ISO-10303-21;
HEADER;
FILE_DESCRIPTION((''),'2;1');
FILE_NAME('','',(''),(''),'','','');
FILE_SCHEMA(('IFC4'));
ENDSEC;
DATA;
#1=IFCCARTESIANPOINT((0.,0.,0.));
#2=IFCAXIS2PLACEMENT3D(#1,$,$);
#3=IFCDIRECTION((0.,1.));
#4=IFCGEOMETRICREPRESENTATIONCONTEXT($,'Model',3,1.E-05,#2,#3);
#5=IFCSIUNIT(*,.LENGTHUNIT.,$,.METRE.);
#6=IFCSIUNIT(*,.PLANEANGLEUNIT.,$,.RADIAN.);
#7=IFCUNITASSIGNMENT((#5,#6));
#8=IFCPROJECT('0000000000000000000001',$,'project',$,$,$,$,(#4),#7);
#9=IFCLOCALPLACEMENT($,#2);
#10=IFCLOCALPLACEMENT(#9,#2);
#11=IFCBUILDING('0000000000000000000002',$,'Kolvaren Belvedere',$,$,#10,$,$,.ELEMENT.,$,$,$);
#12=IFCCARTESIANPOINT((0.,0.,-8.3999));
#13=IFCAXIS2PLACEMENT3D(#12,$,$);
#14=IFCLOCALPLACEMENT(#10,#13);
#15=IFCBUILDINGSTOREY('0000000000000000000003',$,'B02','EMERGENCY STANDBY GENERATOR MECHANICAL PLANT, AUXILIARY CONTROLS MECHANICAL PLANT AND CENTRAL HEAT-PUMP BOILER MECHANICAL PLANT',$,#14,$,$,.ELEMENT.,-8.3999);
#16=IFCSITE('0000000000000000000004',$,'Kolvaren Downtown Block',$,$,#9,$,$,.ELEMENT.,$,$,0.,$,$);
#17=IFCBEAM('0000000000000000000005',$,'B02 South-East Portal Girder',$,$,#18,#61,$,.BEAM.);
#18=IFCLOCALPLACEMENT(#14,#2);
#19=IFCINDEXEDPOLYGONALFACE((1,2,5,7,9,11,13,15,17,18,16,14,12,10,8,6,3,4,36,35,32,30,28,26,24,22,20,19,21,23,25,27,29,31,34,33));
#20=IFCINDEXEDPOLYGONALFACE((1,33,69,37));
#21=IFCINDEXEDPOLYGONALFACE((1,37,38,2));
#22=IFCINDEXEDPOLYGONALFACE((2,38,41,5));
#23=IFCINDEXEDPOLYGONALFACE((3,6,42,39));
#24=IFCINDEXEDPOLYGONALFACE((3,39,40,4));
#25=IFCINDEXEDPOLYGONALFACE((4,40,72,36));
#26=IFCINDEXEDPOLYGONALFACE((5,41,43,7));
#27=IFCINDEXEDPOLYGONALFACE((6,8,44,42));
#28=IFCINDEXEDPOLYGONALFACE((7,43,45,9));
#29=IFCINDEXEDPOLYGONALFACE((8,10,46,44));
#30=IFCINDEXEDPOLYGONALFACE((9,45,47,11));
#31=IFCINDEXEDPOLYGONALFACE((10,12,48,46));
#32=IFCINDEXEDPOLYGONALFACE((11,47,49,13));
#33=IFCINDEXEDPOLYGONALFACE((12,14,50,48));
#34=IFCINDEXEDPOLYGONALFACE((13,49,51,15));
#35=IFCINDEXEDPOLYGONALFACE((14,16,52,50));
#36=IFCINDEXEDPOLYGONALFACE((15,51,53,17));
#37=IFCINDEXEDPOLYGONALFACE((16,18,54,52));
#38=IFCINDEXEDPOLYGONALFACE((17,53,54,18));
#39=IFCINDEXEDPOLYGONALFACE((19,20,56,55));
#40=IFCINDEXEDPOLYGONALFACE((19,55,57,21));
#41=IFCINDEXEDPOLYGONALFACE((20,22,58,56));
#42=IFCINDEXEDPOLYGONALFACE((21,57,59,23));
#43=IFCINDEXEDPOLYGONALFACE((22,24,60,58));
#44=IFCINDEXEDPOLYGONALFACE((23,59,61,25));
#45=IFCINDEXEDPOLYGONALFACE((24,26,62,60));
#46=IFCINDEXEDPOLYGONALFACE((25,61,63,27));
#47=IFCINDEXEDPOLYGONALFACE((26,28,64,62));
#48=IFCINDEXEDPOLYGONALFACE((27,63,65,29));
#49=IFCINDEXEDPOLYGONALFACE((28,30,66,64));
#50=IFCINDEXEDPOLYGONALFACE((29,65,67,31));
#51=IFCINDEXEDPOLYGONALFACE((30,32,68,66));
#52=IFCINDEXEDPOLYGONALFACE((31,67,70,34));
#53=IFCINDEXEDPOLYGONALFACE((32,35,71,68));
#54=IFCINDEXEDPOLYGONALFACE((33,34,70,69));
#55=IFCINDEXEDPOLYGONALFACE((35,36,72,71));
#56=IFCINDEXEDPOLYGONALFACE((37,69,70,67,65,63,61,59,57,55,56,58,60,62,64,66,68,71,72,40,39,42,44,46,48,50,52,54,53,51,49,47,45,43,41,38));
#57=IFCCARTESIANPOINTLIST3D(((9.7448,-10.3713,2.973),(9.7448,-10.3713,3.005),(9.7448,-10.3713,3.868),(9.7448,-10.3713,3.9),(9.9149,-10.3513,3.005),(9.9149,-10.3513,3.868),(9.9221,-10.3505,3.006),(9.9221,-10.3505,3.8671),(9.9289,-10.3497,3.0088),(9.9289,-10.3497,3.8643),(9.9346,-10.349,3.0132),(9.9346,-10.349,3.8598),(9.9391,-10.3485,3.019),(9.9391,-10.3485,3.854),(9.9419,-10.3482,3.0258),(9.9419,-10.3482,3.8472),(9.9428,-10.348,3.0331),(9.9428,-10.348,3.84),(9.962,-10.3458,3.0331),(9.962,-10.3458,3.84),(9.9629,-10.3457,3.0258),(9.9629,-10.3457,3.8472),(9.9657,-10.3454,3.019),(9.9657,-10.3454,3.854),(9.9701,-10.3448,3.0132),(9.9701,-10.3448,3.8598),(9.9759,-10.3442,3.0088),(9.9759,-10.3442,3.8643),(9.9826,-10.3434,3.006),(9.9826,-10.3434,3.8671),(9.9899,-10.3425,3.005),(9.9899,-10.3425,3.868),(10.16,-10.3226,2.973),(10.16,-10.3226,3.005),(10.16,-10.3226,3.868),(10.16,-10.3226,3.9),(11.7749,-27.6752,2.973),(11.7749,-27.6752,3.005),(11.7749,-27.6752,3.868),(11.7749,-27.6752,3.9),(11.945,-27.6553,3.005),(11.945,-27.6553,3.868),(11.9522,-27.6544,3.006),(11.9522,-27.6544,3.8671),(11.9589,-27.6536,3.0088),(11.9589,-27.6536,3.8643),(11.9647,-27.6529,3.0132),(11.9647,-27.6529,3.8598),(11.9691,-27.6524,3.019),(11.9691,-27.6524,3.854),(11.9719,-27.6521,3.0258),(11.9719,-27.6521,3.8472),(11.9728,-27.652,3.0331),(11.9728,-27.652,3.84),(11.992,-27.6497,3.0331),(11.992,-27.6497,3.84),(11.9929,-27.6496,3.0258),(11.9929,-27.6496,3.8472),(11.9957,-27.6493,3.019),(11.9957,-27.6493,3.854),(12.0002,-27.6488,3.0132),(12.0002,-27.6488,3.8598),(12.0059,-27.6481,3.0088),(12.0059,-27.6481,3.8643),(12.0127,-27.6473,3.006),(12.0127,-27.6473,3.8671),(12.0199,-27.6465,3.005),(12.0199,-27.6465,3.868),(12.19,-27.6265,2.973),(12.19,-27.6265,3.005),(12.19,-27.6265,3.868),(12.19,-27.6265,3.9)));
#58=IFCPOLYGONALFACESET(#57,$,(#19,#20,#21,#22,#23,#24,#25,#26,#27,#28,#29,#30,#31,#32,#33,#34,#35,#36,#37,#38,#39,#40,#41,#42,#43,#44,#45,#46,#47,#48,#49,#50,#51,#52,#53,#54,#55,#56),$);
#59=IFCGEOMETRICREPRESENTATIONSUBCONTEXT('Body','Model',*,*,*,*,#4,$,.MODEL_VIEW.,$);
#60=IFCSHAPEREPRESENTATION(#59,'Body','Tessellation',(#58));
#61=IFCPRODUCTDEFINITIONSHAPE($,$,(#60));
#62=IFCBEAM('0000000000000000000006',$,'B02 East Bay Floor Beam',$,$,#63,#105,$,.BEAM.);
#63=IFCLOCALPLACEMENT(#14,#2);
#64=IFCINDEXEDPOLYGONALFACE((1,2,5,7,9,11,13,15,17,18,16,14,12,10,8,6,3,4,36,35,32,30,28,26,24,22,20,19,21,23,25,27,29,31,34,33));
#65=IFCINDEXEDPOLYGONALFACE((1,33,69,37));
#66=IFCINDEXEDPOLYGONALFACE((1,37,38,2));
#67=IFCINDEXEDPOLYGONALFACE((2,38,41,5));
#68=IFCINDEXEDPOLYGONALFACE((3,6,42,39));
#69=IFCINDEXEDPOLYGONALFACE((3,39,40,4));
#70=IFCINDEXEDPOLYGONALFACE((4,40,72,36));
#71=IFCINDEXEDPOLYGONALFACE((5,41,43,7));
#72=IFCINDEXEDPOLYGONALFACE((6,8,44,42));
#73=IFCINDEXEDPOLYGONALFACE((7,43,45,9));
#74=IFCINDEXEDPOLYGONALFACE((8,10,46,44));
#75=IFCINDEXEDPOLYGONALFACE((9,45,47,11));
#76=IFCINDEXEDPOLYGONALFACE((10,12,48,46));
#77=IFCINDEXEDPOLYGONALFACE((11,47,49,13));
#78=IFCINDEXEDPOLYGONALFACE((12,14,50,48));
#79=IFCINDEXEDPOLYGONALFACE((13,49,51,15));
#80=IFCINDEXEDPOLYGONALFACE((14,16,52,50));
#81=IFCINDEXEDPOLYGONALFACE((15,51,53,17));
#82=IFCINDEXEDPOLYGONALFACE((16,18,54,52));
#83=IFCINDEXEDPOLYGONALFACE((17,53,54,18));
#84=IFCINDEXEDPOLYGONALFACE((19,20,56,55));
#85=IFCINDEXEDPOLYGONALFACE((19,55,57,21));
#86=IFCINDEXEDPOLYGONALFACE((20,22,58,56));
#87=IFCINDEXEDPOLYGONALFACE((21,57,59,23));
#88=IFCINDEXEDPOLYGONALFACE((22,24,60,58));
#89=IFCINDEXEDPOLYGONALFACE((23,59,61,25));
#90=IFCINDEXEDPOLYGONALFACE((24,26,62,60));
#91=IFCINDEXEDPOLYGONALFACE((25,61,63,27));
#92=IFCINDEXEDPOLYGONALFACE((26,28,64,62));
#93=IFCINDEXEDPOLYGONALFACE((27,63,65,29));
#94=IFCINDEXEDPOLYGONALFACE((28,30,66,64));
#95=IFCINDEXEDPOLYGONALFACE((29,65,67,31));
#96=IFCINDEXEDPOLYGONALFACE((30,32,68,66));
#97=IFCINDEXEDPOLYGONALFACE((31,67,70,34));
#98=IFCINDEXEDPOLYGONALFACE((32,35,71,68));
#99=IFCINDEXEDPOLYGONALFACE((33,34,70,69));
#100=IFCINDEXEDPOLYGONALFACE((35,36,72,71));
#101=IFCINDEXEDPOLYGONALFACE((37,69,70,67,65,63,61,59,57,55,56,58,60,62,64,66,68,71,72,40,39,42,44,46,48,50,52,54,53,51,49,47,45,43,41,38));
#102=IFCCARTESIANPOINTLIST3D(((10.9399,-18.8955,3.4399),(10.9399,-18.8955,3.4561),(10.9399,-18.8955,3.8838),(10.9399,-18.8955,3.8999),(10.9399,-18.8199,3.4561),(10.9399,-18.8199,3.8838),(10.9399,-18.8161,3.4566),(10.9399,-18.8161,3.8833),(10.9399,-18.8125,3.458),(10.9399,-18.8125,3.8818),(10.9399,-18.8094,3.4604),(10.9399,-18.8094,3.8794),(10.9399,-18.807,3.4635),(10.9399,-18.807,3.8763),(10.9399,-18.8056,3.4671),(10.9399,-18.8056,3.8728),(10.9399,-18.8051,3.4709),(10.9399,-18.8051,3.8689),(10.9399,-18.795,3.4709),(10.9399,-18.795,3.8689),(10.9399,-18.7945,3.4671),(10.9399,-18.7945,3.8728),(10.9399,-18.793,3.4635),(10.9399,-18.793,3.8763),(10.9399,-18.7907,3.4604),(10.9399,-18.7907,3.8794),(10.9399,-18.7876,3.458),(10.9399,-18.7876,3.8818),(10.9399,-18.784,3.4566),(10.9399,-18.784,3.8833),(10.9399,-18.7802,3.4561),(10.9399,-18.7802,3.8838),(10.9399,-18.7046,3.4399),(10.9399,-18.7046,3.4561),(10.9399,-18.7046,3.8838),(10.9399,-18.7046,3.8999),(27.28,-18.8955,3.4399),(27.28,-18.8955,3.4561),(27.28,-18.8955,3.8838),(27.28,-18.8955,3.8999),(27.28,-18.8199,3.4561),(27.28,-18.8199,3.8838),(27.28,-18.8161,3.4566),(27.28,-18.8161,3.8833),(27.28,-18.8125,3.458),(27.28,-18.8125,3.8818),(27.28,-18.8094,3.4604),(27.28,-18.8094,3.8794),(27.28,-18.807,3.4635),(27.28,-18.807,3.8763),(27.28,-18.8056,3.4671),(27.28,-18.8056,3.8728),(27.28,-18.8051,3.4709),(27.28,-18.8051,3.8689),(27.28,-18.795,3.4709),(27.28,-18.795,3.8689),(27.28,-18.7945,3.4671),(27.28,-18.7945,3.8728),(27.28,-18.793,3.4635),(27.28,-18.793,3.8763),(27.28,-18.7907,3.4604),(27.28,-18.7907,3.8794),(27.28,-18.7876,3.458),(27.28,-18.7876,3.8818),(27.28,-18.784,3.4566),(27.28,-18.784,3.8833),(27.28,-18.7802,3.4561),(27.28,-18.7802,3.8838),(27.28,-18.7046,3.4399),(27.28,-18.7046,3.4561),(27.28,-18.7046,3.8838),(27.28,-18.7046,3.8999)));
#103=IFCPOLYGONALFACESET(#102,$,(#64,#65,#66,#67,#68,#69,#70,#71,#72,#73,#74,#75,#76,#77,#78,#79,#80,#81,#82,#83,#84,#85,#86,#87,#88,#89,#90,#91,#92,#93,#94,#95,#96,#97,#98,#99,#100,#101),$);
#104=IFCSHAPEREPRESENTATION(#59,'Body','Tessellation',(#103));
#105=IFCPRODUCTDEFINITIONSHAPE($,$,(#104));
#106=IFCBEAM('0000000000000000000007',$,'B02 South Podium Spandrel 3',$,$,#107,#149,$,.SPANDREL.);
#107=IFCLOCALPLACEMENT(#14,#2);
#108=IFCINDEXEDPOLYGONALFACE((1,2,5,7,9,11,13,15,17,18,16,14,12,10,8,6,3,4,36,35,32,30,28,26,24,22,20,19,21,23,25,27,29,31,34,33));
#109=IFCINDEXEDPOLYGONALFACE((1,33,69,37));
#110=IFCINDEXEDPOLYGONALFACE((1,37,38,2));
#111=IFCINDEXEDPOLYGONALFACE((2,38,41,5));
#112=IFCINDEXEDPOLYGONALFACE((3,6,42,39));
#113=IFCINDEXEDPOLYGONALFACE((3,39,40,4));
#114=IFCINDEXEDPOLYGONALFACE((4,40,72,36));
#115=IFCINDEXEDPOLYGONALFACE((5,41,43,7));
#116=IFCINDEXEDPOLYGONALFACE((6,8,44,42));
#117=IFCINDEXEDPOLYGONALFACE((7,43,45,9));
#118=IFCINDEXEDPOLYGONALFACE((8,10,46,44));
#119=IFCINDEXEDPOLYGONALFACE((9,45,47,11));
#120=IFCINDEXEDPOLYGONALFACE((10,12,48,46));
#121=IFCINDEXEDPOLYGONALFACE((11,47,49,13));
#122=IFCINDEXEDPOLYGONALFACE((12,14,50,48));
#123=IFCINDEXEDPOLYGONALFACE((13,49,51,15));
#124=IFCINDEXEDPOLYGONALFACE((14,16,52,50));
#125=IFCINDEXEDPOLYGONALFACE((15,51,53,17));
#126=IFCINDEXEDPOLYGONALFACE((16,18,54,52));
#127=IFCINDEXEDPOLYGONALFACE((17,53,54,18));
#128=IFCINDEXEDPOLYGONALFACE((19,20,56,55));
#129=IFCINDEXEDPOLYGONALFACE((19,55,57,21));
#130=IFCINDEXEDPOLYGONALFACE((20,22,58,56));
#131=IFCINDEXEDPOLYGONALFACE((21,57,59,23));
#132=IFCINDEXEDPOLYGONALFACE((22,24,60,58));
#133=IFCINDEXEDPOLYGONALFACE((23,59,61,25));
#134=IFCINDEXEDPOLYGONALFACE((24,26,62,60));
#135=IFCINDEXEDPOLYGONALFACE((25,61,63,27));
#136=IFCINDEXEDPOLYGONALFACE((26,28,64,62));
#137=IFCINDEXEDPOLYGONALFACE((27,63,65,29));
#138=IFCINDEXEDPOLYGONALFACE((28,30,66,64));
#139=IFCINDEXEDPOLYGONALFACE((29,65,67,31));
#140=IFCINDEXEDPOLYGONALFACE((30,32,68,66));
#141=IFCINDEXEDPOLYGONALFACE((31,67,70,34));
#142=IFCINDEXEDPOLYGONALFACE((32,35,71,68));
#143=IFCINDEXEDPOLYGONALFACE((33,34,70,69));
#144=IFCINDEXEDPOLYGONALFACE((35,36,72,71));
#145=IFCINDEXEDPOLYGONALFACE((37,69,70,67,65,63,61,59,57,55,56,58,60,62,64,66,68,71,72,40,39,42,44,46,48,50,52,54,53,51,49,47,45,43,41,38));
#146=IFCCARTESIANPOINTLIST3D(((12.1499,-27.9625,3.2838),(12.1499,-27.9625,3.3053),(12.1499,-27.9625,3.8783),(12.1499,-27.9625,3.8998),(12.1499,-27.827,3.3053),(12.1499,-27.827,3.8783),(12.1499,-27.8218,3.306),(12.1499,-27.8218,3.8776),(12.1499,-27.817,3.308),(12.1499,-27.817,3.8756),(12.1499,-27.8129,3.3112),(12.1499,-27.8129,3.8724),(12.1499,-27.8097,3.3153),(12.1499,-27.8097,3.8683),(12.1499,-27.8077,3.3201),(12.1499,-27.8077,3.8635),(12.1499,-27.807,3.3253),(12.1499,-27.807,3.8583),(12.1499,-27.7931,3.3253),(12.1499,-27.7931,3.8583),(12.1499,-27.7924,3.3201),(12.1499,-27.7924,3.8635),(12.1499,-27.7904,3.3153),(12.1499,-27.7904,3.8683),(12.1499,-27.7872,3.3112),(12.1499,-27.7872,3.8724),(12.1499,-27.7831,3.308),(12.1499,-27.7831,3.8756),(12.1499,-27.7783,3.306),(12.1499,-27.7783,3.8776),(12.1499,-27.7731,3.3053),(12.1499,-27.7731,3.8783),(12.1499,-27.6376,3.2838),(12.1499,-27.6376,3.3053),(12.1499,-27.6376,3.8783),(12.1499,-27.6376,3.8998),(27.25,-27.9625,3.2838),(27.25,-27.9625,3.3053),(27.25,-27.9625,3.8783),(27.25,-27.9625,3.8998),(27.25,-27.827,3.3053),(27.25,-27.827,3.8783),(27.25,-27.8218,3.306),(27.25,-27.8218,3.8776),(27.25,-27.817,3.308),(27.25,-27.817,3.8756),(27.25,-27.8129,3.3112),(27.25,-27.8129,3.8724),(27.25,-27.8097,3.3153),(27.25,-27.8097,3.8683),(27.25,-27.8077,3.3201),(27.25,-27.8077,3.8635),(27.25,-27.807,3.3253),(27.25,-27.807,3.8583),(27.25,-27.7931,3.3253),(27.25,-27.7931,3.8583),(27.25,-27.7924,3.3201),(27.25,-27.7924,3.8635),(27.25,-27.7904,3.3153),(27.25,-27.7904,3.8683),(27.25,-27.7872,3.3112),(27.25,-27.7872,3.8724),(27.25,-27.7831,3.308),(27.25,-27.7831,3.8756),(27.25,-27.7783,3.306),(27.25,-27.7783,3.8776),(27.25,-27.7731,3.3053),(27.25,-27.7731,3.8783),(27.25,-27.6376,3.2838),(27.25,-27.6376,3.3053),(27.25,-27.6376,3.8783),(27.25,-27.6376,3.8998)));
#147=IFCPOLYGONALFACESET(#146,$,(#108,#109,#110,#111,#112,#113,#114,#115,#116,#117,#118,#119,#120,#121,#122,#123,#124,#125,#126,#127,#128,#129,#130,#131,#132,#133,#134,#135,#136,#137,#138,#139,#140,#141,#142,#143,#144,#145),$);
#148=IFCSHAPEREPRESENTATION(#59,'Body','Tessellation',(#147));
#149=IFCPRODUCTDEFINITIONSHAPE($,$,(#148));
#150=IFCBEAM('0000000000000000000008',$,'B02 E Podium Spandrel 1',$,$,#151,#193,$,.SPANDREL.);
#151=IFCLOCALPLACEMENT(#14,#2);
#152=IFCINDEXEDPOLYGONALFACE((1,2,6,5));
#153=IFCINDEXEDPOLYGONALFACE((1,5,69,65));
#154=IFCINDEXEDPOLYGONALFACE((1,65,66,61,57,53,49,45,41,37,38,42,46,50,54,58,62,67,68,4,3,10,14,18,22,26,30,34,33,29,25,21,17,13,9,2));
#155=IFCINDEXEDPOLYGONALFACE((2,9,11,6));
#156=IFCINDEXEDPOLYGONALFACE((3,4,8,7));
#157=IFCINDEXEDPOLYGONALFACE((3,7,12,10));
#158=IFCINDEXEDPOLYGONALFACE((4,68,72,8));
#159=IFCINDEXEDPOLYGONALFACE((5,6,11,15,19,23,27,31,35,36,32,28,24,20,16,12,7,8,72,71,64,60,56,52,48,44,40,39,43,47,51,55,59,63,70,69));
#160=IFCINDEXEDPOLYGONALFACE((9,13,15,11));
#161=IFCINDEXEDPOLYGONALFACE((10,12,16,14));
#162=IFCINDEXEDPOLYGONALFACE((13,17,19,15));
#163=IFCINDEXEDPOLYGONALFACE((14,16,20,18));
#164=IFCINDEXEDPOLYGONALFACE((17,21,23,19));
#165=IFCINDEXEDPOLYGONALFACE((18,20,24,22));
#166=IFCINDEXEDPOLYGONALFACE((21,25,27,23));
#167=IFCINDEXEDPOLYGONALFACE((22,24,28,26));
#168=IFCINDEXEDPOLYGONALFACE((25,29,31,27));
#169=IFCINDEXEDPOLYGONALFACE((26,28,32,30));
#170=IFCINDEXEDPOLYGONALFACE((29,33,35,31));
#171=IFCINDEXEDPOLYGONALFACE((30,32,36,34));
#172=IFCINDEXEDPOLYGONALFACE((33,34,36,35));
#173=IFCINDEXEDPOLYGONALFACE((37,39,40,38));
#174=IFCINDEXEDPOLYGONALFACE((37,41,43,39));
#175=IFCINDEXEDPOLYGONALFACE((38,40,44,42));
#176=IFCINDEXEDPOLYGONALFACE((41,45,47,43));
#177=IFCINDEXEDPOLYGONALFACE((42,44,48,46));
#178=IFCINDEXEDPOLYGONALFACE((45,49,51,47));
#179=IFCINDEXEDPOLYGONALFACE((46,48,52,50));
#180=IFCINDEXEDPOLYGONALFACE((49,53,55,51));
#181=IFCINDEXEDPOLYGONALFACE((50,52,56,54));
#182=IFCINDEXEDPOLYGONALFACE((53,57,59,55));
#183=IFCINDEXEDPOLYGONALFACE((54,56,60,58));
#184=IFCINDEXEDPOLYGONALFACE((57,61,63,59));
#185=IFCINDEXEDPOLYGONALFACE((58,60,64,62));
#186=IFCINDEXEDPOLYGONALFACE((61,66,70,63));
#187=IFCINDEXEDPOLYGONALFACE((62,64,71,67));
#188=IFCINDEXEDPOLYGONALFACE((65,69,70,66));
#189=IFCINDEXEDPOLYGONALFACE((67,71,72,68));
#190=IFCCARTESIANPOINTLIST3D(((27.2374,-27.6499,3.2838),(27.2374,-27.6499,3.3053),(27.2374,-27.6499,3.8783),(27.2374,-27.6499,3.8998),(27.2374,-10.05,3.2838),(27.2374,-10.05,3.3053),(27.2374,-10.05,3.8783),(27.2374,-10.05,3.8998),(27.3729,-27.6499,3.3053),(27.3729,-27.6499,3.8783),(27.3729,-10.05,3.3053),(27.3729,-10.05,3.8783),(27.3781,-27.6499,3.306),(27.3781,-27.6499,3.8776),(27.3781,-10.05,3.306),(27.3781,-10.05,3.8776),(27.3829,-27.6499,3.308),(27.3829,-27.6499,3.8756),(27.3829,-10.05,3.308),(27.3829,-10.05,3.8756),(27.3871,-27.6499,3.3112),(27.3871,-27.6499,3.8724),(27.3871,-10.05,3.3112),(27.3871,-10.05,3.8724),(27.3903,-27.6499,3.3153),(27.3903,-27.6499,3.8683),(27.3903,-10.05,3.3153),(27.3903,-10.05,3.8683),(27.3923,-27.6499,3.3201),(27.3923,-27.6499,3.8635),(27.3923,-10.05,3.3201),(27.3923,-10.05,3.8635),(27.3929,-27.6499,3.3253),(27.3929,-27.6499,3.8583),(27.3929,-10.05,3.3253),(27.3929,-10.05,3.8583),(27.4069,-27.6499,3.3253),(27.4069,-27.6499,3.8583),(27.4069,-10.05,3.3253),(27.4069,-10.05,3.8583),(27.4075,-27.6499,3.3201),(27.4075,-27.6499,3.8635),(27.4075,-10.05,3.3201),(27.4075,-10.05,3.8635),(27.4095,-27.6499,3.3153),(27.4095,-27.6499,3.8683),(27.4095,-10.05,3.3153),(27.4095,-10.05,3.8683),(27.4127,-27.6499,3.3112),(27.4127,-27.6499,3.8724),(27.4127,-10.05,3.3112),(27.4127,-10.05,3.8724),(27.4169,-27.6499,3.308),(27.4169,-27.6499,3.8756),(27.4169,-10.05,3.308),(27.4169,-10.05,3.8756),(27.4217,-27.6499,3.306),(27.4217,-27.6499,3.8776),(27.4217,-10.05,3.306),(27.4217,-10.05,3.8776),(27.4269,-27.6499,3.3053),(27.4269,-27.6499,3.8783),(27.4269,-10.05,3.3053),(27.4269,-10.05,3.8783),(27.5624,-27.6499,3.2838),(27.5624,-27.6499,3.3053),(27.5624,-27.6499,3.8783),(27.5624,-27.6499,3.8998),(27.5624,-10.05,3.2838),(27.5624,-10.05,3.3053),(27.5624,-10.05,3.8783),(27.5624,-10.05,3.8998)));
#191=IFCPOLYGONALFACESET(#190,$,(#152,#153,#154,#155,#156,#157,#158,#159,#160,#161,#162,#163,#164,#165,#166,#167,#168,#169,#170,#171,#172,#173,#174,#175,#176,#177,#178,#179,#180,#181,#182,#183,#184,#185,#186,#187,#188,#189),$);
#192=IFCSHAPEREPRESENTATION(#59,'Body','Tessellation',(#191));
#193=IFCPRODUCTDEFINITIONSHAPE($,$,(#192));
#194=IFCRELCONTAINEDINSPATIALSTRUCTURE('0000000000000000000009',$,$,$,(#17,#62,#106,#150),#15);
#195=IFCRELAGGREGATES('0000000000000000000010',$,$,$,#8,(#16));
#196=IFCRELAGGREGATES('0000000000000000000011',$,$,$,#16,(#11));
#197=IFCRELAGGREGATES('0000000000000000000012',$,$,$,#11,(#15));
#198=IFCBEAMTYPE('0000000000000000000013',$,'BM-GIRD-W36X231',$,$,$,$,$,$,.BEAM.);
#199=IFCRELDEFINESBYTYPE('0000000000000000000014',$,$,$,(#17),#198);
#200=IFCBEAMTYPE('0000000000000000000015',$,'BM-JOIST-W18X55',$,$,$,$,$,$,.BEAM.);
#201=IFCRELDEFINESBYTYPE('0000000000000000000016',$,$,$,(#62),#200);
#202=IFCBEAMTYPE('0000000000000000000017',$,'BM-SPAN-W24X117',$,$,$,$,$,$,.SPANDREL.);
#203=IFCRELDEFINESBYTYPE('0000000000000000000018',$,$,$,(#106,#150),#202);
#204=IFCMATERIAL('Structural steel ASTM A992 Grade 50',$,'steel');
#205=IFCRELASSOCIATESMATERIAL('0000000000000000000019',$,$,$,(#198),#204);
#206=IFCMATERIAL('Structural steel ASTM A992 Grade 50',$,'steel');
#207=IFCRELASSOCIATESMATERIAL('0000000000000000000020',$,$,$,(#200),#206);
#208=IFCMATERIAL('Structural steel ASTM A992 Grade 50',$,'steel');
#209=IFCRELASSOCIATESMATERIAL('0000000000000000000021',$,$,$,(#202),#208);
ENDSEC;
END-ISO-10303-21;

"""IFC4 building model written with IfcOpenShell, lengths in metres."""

from ifc_helpers import new_model, si_unit, direction, frame, origin, origin_2d, place, context, subcontext, project, spatial, i_section, extrude, material, material_profile, profile_set, type_object, element, save


model = new_model("IFC4")

# Units and contexts
model_context = context("Model", 3, precision=1e-05, world=origin(), true_north=direction((0.0, 1.0)))
body_context = subcontext(model_context, "Body", "Model", "MODEL_VIEW")
ifc_project = project(units=[si_unit("LENGTHUNIT", "METRE"), si_unit("PLANEANGLEUNIT", "RADIAN")], contexts=[model_context])

# Site, building, storey
site_placement = place(None, origin())
site = spatial("IfcSite", under=ifc_project, at=site_placement, Name="Kolvaren Downtown Block", CompositionType="ELEMENT", RefElevation=0.0)
building_placement = place(site_placement, origin())
building = spatial("IfcBuilding", under=site, at=building_placement, Name="Kolvaren Belvedere", CompositionType="ELEMENT")
storey_placement = place(building_placement, frame((0.0, 0.0, -8.3999)))
storey = spatial("IfcBuildingStorey", under=building, at=storey_placement, Name="B02", Description="EMERGENCY STANDBY GENERATOR MECHANICAL PLANT, AUXILIARY CONTROLS MECHANICAL PLANT AND CENTRAL HEAT-PUMP BOILER MECHANICAL PLANT", CompositionType="ELEMENT", Elevation=-8.3999)

# Beams
ifc_material_1 = material(Name="Structural steel ASTM A992 Grade 50", Category="steel")
ifc_material_profile_1 = material_profile(ifc_material_1, i_section(OverallWidth=0.418, OverallDepth=0.927, WebThickness=0.0193, FlangeThickness=0.032, FilletRadius=0.0281, at=origin_2d()), Name="W36X231")
ifc_profile_set_1 = profile_set([ifc_material_profile_1], Name="Structural steel ASTM A992 Grade 50")
beam_type_1 = type_object("IfcBeamType", Name="BM-GIRD-W36X231", PredefinedType="BEAM", material=ifc_profile_set_1)
beam_1_placement = place(storey_placement, frame((9.9524, -10.3469, 3.4365), z_axis=(0.116517, -0.993189, 0.0), x_axis=(0.993189, 0.116517, 0.0)))
element("IfcBeam", 1, at=beam_1_placement, inside=storey, type_object=beam_type_1, Name="B02 South-East Portal Girder", PredefinedType="BEAM", context=body_context, shape_type="SweptSolid", body=[
    extrude(i_section(OverallWidth=0.418, OverallDepth=0.927, WebThickness=0.0193, FlangeThickness=0.032, FilletRadius=0.0281, at=origin_2d()), origin(), (0.0, 0.0, 1.0), 17.4226),
])
ifc_material_2 = material(Name="Structural steel ASTM A992 Grade 50", Category="steel")
ifc_material_profile_2 = material_profile(ifc_material_2, i_section(OverallWidth=0.1909, OverallDepth=0.46, WebThickness=0.01, FlangeThickness=0.0161, FilletRadius=0.0149, at=origin_2d()), Name="W18X55")
ifc_profile_set_2 = profile_set([ifc_material_profile_2], Name="Structural steel ASTM A992 Grade 50")
beam_type_2 = type_object("IfcBeamType", Name="BM-JOIST-W18X55", PredefinedType="BEAM", material=ifc_profile_set_2)
beam_2_placement = place(storey_placement, frame((10.9399, -18.8, 3.6699), z_axis=(1.0, 0.0, 0.0), x_axis=(0.0, 1.0, 0.0)))
element("IfcBeam", 2, at=beam_2_placement, inside=storey, type_object=beam_type_2, Name="B02 East Bay Floor Beam", PredefinedType="BEAM", context=body_context, shape_type="SweptSolid", body=[
    extrude(i_section(OverallWidth=0.1909, OverallDepth=0.46, WebThickness=0.01, FlangeThickness=0.0161, FilletRadius=0.0149, at=origin_2d()), origin(), (0.0, 0.0, 1.0), 16.3401),
])
ifc_material_3 = material(Name="Structural steel ASTM A992 Grade 50", Category="steel")
ifc_material_profile_3 = material_profile(ifc_material_3, i_section(OverallWidth=0.325, OverallDepth=0.616, WebThickness=0.0139, FlangeThickness=0.0215, FilletRadius=0.02, at=origin_2d()), Name="W24X117")
ifc_profile_set_3 = profile_set([ifc_material_profile_3], Name="Structural steel ASTM A992 Grade 50")
beam_type_3 = type_object("IfcBeamType", Name="BM-SPAN-W24X117", PredefinedType="SPANDREL", material=ifc_profile_set_3)
beam_3_placement = place(storey_placement, frame((12.1499, -27.8, 3.5918), z_axis=(1.0, 0.0, 0.0), x_axis=(0.0, 1.0, 0.0)))
element("IfcBeam", 3, at=beam_3_placement, inside=storey, type_object=beam_type_3, Name="B02 South Podium Spandrel 3", PredefinedType="SPANDREL", context=body_context, shape_type="SweptSolid", body=[
    extrude(i_section(OverallWidth=0.325, OverallDepth=0.616, WebThickness=0.0139, FlangeThickness=0.0215, FilletRadius=0.02, at=origin_2d()), origin(), (0.0, 0.0, 1.0), 15.1001),
])
beam_4_placement = place(storey_placement, frame((27.3999, -27.6499, 3.5918), z_axis=(0.0, 1.0, 0.0), x_axis=(-1.0, 0.0, 0.0)))
element("IfcBeam", 4, at=beam_4_placement, inside=storey, type_object=beam_type_3, Name="B02 E Podium Spandrel 1", PredefinedType="SPANDREL", context=body_context, shape_type="SweptSolid", body=[
    extrude(i_section(OverallWidth=0.325, OverallDepth=0.616, WebThickness=0.0139, FlangeThickness=0.0215, FilletRadius=0.02, at=origin_2d()), origin(), (0.0, 0.0, 1.0), 17.5999),
])

save(model, "model.ifc")
